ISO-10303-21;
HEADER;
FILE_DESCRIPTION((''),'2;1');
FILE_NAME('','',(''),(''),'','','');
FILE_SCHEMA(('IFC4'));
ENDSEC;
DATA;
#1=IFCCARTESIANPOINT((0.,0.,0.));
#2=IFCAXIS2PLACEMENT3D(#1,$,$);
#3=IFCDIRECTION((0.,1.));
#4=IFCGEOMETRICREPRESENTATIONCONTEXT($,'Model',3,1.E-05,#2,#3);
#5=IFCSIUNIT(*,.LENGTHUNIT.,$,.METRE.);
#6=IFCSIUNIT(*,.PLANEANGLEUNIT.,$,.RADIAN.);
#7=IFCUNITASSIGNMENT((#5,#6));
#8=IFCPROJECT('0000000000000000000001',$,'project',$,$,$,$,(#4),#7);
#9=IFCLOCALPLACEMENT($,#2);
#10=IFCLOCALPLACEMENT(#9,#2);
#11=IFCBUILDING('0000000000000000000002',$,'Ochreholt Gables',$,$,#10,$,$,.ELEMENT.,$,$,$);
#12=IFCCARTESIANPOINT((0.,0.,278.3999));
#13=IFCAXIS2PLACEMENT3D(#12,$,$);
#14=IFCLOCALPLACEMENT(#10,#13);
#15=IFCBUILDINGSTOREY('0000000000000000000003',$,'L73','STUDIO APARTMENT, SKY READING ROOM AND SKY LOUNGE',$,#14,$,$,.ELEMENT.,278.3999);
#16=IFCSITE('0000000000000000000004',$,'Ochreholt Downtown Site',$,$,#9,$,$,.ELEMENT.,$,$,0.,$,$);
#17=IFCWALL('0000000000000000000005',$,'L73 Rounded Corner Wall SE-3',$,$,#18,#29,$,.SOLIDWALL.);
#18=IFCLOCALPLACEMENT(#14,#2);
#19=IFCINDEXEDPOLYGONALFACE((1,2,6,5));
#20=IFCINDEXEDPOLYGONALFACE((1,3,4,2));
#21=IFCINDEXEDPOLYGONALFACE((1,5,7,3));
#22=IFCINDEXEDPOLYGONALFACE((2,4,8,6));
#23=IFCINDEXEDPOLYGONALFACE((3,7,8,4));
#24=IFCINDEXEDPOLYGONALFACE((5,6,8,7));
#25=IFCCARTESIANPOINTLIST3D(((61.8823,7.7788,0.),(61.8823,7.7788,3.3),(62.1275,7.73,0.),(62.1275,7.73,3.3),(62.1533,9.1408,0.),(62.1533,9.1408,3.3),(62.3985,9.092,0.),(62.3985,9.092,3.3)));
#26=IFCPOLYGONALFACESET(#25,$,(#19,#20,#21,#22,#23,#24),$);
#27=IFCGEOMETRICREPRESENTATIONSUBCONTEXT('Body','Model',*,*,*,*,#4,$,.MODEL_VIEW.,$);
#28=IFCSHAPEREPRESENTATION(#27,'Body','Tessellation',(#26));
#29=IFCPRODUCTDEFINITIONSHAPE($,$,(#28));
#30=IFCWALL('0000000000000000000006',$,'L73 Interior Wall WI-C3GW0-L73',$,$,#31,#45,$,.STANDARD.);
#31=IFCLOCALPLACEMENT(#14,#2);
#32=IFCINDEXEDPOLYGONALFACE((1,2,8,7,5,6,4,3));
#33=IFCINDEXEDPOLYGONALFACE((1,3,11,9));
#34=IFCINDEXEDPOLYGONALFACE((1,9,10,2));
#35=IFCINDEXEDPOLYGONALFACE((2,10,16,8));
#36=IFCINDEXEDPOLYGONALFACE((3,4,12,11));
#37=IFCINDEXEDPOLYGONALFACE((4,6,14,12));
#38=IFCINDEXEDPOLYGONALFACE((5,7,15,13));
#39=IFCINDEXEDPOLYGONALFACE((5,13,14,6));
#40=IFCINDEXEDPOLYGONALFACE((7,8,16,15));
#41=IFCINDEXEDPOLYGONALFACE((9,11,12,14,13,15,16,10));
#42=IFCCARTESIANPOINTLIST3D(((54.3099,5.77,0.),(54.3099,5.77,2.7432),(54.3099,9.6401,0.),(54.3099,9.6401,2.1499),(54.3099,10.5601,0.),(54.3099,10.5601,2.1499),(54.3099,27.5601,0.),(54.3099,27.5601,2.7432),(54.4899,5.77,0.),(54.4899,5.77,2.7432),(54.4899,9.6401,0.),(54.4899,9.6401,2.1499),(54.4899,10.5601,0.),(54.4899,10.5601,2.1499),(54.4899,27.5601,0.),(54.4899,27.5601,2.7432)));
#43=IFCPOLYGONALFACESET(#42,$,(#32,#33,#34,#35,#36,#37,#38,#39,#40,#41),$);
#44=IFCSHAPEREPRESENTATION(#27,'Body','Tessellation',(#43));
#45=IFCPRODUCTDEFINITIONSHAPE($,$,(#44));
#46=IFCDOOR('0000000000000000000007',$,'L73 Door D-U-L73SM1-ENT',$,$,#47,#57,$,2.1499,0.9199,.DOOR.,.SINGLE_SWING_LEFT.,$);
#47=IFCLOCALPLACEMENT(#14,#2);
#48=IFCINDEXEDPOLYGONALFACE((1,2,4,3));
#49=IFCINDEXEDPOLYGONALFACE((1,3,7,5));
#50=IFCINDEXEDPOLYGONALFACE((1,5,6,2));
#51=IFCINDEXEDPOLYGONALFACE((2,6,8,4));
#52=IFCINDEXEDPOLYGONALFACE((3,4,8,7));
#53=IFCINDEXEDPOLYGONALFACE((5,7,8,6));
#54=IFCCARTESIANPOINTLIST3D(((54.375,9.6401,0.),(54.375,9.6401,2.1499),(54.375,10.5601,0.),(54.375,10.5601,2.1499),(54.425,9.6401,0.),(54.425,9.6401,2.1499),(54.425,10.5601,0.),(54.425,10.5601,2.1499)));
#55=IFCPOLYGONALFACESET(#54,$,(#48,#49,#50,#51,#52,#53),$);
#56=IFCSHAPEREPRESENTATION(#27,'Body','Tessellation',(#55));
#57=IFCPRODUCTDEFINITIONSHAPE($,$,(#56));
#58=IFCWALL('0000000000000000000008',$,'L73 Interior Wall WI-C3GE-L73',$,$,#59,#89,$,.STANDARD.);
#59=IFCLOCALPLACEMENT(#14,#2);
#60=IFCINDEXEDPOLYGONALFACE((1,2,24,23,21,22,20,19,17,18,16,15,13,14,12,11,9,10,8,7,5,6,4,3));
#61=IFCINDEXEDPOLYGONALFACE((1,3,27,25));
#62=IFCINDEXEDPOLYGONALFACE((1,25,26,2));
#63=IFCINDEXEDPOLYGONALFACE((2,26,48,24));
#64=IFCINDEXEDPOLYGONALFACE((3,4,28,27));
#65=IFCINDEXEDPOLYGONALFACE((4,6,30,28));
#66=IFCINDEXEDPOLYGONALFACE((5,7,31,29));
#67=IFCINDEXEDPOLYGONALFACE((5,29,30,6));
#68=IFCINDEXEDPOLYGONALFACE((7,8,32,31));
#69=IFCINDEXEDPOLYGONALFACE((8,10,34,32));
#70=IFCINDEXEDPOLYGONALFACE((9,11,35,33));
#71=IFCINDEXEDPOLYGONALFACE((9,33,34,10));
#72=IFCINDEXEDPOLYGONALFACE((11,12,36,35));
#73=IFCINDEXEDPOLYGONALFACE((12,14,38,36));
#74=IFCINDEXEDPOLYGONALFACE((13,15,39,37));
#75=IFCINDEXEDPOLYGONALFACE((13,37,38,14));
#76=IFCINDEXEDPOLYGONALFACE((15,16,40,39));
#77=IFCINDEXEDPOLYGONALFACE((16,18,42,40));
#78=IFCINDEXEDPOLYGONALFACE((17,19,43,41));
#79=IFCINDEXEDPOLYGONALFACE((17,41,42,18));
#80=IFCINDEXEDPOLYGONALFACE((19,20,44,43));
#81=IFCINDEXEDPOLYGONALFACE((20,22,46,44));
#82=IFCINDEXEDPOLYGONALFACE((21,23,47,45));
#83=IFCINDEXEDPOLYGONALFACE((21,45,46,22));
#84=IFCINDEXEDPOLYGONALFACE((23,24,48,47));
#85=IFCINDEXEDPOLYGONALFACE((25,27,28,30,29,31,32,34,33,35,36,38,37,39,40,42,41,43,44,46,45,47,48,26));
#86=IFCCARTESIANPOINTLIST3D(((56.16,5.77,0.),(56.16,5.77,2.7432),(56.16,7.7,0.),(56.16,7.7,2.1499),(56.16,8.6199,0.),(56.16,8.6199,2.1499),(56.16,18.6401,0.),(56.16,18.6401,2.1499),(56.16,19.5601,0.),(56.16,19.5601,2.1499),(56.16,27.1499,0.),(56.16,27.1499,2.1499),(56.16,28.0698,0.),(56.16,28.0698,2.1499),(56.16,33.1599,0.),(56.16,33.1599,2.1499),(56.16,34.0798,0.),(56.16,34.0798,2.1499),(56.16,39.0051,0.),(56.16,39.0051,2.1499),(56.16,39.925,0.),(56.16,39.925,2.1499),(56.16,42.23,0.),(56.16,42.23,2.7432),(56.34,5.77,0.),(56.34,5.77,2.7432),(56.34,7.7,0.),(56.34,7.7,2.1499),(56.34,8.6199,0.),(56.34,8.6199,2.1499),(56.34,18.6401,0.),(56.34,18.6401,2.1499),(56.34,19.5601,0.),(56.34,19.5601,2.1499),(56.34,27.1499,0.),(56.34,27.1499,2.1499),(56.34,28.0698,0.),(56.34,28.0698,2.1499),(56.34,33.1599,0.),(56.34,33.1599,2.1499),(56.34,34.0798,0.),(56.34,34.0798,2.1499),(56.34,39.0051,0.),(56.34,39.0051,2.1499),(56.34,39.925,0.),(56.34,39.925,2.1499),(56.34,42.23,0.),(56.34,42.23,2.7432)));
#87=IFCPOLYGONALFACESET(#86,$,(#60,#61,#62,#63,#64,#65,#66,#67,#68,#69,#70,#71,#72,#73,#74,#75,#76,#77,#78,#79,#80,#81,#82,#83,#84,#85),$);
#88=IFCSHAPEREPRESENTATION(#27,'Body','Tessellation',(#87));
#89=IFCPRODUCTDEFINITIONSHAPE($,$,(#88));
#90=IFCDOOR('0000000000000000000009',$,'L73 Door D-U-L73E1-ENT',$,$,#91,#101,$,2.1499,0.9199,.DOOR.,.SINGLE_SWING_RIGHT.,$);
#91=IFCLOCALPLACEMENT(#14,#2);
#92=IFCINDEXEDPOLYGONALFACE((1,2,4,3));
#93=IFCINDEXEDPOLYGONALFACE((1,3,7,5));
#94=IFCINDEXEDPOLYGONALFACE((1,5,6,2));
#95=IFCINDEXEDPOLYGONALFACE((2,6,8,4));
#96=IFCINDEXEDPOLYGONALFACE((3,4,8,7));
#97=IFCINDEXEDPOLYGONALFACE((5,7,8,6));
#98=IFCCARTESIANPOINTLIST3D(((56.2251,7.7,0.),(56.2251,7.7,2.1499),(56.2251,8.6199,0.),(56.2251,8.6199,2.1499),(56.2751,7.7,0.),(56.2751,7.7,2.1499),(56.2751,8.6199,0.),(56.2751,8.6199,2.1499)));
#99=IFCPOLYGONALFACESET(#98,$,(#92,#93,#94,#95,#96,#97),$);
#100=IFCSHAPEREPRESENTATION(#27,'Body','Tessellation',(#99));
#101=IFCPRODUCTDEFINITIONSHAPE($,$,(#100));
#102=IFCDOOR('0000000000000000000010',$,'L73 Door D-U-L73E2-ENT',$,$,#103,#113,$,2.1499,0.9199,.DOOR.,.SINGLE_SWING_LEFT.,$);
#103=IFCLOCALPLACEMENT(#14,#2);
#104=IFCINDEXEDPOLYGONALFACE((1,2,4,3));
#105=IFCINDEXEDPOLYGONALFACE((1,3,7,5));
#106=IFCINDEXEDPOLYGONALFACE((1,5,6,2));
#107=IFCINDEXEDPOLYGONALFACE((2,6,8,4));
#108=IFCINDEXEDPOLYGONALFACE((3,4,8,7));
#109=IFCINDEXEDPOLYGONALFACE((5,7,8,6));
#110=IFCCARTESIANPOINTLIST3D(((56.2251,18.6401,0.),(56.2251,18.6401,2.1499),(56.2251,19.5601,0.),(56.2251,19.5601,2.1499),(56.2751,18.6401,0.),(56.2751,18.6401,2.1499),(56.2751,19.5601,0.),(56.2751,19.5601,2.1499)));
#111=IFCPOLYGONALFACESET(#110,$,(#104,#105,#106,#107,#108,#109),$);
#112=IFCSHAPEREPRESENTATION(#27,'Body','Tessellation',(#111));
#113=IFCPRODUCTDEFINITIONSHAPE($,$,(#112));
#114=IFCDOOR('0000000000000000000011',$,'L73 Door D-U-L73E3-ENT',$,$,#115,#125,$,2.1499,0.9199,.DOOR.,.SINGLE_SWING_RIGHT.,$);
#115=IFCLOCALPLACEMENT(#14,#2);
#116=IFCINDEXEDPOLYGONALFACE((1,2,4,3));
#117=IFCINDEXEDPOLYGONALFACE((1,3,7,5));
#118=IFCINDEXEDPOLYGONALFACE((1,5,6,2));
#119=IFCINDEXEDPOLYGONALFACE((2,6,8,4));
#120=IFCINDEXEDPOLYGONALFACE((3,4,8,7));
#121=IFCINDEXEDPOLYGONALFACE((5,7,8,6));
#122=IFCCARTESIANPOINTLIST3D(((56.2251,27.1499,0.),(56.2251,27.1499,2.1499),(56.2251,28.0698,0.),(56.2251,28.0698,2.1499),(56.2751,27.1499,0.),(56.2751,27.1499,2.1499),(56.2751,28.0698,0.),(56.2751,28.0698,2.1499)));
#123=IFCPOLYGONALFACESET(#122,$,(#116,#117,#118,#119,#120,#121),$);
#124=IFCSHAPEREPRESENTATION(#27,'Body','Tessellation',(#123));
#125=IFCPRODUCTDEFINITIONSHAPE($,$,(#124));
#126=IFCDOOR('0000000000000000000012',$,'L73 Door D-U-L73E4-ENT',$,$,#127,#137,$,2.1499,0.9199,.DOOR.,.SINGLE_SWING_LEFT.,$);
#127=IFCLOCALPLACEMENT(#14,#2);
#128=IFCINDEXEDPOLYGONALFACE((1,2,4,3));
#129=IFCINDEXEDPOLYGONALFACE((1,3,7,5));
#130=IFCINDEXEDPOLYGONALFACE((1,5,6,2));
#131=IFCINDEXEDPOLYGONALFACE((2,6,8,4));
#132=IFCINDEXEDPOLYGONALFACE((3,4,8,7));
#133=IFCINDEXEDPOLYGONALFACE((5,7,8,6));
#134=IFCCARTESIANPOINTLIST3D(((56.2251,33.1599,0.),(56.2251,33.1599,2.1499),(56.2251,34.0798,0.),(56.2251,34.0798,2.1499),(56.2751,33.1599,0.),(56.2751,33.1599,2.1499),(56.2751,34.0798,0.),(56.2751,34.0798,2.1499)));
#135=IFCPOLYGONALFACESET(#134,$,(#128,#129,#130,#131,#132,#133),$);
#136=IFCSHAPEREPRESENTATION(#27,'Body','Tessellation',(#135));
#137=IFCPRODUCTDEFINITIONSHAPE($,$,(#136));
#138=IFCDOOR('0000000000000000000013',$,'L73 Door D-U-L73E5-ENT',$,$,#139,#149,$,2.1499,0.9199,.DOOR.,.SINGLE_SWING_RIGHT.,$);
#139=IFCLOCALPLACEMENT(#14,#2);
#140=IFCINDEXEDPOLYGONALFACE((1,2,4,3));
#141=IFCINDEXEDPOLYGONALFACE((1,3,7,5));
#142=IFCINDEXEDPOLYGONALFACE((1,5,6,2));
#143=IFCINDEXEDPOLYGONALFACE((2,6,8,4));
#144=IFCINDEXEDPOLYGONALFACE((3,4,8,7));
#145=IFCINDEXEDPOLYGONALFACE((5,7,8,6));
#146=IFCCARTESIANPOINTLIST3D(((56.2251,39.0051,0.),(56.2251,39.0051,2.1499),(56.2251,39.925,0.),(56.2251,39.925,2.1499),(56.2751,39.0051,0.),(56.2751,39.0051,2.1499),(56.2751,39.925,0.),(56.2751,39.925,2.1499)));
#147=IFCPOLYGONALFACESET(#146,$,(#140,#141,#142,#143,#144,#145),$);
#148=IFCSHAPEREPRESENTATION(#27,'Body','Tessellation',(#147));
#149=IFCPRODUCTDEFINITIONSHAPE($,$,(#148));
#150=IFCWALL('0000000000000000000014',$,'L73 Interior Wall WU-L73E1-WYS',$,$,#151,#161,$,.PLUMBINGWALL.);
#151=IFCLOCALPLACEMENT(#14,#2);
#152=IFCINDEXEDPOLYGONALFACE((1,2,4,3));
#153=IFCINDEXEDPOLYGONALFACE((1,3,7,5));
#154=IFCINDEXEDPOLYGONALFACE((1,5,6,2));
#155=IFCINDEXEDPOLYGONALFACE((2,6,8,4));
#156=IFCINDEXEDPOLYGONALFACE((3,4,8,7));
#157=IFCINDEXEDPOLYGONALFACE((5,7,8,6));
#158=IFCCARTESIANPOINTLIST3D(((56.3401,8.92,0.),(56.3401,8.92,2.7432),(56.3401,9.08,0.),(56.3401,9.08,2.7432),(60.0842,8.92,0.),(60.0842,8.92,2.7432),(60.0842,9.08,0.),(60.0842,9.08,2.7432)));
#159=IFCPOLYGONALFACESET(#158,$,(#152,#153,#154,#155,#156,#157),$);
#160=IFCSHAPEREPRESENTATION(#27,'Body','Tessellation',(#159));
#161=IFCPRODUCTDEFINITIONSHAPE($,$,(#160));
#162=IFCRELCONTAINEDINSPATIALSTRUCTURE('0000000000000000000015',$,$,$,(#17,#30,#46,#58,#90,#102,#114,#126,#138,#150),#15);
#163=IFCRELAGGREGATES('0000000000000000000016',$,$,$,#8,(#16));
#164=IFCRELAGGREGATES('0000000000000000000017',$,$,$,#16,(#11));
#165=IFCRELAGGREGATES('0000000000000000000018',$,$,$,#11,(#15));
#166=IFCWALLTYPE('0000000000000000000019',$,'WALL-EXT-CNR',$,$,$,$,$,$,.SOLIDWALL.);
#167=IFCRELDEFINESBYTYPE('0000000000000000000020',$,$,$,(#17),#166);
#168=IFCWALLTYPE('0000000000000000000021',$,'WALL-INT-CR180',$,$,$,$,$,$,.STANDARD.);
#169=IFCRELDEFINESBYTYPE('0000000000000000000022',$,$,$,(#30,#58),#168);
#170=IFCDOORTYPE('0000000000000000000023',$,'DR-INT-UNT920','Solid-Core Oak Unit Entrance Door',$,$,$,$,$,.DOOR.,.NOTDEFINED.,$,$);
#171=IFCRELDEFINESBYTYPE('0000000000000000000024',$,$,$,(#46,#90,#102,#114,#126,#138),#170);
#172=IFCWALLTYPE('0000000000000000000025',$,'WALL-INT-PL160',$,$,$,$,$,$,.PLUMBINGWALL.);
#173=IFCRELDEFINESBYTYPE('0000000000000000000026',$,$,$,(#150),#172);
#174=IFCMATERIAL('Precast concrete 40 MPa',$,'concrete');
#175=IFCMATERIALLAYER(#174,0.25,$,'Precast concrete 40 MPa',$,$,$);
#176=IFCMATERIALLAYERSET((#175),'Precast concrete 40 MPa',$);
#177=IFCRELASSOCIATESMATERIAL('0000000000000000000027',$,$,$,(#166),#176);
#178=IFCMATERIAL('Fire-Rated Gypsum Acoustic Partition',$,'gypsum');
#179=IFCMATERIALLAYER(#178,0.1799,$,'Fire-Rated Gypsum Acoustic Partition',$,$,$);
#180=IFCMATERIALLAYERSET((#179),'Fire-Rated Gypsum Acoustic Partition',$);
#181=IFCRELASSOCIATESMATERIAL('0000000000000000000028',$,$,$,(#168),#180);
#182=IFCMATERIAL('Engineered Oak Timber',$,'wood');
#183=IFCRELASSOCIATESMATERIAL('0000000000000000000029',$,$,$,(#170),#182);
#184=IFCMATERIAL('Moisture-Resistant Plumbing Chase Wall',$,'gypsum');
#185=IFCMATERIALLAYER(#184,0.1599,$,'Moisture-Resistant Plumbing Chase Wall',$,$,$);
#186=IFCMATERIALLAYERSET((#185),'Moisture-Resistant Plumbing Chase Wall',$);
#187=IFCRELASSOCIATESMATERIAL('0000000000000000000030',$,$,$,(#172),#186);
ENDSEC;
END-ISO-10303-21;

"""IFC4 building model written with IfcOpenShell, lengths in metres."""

from ifc_helpers import new_model, si_unit, direction, frame, frame_2d, origin, place, context, subcontext, project, spatial, rectangle, extrude, material, layer, layer_set, type_object, element, fill, save


model = new_model("IFC4")

# Units and contexts
model_context = context("Model", 3, precision=1e-05, world=origin(), true_north=direction((0.0, 1.0)))
body_context = subcontext(model_context, "Body", "Model", "MODEL_VIEW")
ifc_project = project(units=[si_unit("LENGTHUNIT", "METRE"), si_unit("PLANEANGLEUNIT", "RADIAN")], contexts=[model_context])

# Site, building, storey
site_placement = place(None, origin())
site = spatial("IfcSite", under=ifc_project, at=site_placement, Name="Ochreholt Downtown Site", CompositionType="ELEMENT", RefElevation=0.0)
building_placement = place(site_placement, origin())
building = spatial("IfcBuilding", under=site, at=building_placement, Name="Ochreholt Gables", CompositionType="ELEMENT")
storey_placement = place(building_placement, frame((0.0, 0.0, 278.3999)))
storey = spatial("IfcBuildingStorey", under=building, at=storey_placement, Name="L73", Description="STUDIO APARTMENT, SKY READING ROOM AND SKY LOUNGE", CompositionType="ELEMENT", Elevation=278.3999)

# Shared definitions
ifc_material_1 = material(Name="Precast concrete 40 MPa", Category="concrete")

# Shared definitions
ifc_layer_1 = layer(ifc_material_1, 0.25, Name="Precast concrete 40 MPa")
ifc_layer_set_1 = layer_set([ifc_layer_1], Name="Precast concrete 40 MPa")
wall_type_1 = type_object("IfcWallType", Name="WALL-EXT-CNR", PredefinedType="SOLIDWALL", material=ifc_layer_set_1)

# Wall
wall_1_placement = place(storey_placement, frame((62.0049, 7.7544, 0.0), z_axis=(0.0, 0.0, 1.0), x_axis=(0.195136, 0.980776, 0.0)))
element("IfcWall", 1, at=wall_1_placement, inside=storey, type_object=wall_type_1, Name="L73 Rounded Corner Wall SE-3", PredefinedType="SOLIDWALL", context=body_context, shape_type="SweptSolid", body=[
    extrude(rectangle(XDim=1.3887, YDim=0.25, at=frame_2d((0.6943, 0.0))), origin(), (0.0, 0.0, 1.0), 3.3),
])

# Wall, opening, door
ifc_material_2 = material(Name="Fire-Rated Gypsum Acoustic Partition", Category="gypsum")
ifc_layer_2 = layer(ifc_material_2, 0.1799, Name="Fire-Rated Gypsum Acoustic Partition")
ifc_layer_set_2 = layer_set([ifc_layer_2], Name="Fire-Rated Gypsum Acoustic Partition")
wall_type_2 = type_object("IfcWallType", Name="WALL-INT-CR180", PredefinedType="STANDARD", material=ifc_layer_set_2)
wall_2_placement = place(storey_placement, frame((54.3999, 5.77, 0.0), z_axis=(0.0, 0.0, 1.0), x_axis=(0.0, 1.0, 0.0)))
wall_2 = element("IfcWall", 2, at=wall_2_placement, inside=storey, type_object=wall_type_2, Name="L73 Interior Wall WI-C3GW0-L73", PredefinedType="STANDARD", context=body_context, shape_type="SweptSolid", body=[
    extrude(rectangle(XDim=21.79, YDim=0.1799, at=frame_2d((10.895, 0.0))), origin(), (0.0, 0.0, 1.0), 2.7432),
])
opening_1_placement = place(wall_2_placement, frame((3.8701, 0.0, 0.0)))
opening_1 = element("IfcOpeningElement", 3, at=opening_1_placement, cuts=wall_2, PredefinedType="OPENING", context=body_context, shape_type="SweptSolid", body=[
    extrude(rectangle(XDim=0.9199, YDim=2.1499, at=frame_2d((0.46, 1.075))), frame((0.0, 0.0999, 0.0), z_axis=(0.0, -1.0, 0.0), x_axis=(1.0, 0.0, 0.0)), (0.0, 0.0, 1.0), 0.2),
])
ifc_material_3 = material(Name="Engineered Oak Timber", Category="wood")
door_type_1 = type_object("IfcDoorType", Name="DR-INT-UNT920", Description="Solid-Core Oak Unit Entrance Door", OperationType="NOTDEFINED", PredefinedType="DOOR", material=ifc_material_3)
door_1_placement = place(opening_1_placement, origin())
door_1 = element("IfcDoor", 4, at=door_1_placement, inside=storey, type_object=door_type_1, Name="L73 Door D-U-L73SM1-ENT", OperationType="SINGLE_SWING_LEFT", OverallHeight=2.1499, OverallWidth=0.9199, PredefinedType="DOOR", context=body_context, shape_type="SweptSolid", body=[
    extrude(rectangle(XDim=0.9199, YDim=2.1499, at=frame_2d((0.46, 1.075))), frame((0.0, 0.0249, 0.0), z_axis=(0.0, -1.0, 0.0), x_axis=(1.0, 0.0, 0.0)), (0.0, 0.0, 1.0), 0.05),
])
fill(opening_1, door_1)

# Wall, openings, doors
wall_3_placement = place(storey_placement, frame((56.25, 5.77, 0.0), z_axis=(0.0, 0.0, 1.0), x_axis=(0.0, 1.0, 0.0)))
wall_3 = element("IfcWall", 5, at=wall_3_placement, inside=storey, type_object=wall_type_2, Name="L73 Interior Wall WI-C3GE-L73", PredefinedType="STANDARD", context=body_context, shape_type="SweptSolid", body=[
    extrude(rectangle(XDim=36.46, YDim=0.1799, at=frame_2d((18.23, 0.0))), origin(), (0.0, 0.0, 1.0), 2.7432),
])
opening_2_placement = place(wall_3_placement, frame((1.9299, 0.0, 0.0)))
opening_2 = element("IfcOpeningElement", 6, at=opening_2_placement, cuts=wall_3, PredefinedType="OPENING", context=body_context, shape_type="SweptSolid", body=[
    extrude(rectangle(XDim=0.9199, YDim=2.1499, at=frame_2d((0.46, 1.075))), frame((0.0, 0.0999, 0.0), z_axis=(0.0, -1.0, 0.0), x_axis=(1.0, 0.0, 0.0)), (0.0, 0.0, 1.0), 0.2),
])
opening_3_placement = place(wall_3_placement, frame((12.8701, 0.0, 0.0)))
opening_3 = element("IfcOpeningElement", 7, at=opening_3_placement, cuts=wall_3, PredefinedType="OPENING", context=body_context, shape_type="SweptSolid", body=[
    extrude(rectangle(XDim=0.9199, YDim=2.1499, at=frame_2d((0.46, 1.075))), frame((0.0, 0.0999, 0.0), z_axis=(0.0, -1.0, 0.0), x_axis=(1.0, 0.0, 0.0)), (0.0, 0.0, 1.0), 0.2),
])
opening_4_placement = place(wall_3_placement, frame((21.3799, 0.0, 0.0)))
opening_4 = element("IfcOpeningElement", 8, at=opening_4_placement, cuts=wall_3, PredefinedType="OPENING", context=body_context, shape_type="SweptSolid", body=[
    extrude(rectangle(XDim=0.9199, YDim=2.1499, at=frame_2d((0.46, 1.075))), frame((0.0, 0.0999, 0.0), z_axis=(0.0, -1.0, 0.0), x_axis=(1.0, 0.0, 0.0)), (0.0, 0.0, 1.0), 0.2),
])
opening_5_placement = place(wall_3_placement, frame((27.3899, 0.0, 0.0)))
opening_5 = element("IfcOpeningElement", 9, at=opening_5_placement, cuts=wall_3, PredefinedType="OPENING", context=body_context, shape_type="SweptSolid", body=[
    extrude(rectangle(XDim=0.9199, YDim=2.1499, at=frame_2d((0.46, 1.075))), frame((0.0, 0.0999, 0.0), z_axis=(0.0, -1.0, 0.0), x_axis=(1.0, 0.0, 0.0)), (0.0, 0.0, 1.0), 0.2),
])
opening_6_placement = place(wall_3_placement, frame((33.2351, 0.0, 0.0)))
opening_6 = element("IfcOpeningElement", 10, at=opening_6_placement, cuts=wall_3, PredefinedType="OPENING", context=body_context, shape_type="SweptSolid", body=[
    extrude(rectangle(XDim=0.9199, YDim=2.1499, at=frame_2d((0.46, 1.075))), frame((0.0, 0.0999, 0.0), z_axis=(0.0, -1.0, 0.0), x_axis=(1.0, 0.0, 0.0)), (0.0, 0.0, 1.0), 0.2),
])
door_2_placement = place(opening_2_placement, origin())
door_2 = element("IfcDoor", 11, at=door_2_placement, inside=storey, type_object=door_type_1, Name="L73 Door D-U-L73E1-ENT", OperationType="SINGLE_SWING_RIGHT", OverallHeight=2.1499, OverallWidth=0.9199, PredefinedType="DOOR", context=body_context, shape_type="SweptSolid", body=[
    extrude(rectangle(XDim=0.9199, YDim=2.1499, at=frame_2d((0.46, 1.075))), frame((0.0, 0.0249, 0.0), z_axis=(0.0, -1.0, 0.0), x_axis=(1.0, 0.0, 0.0)), (0.0, 0.0, 1.0), 0.05),
])
fill(opening_2, door_2)
door_3_placement = place(opening_3_placement, origin())
door_3 = element("IfcDoor", 12, at=door_3_placement, inside=storey, type_object=door_type_1, Name="L73 Door D-U-L73E2-ENT", OperationType="SINGLE_SWING_LEFT", OverallHeight=2.1499, OverallWidth=0.9199, PredefinedType="DOOR", context=body_context, shape_type="SweptSolid", body=[
    extrude(rectangle(XDim=0.9199, YDim=2.1499, at=frame_2d((0.46, 1.075))), frame((0.0, 0.0249, 0.0), z_axis=(0.0, -1.0, 0.0), x_axis=(1.0, 0.0, 0.0)), (0.0, 0.0, 1.0), 0.05),
])
fill(opening_3, door_3)
door_4_placement = place(opening_4_placement, origin())
door_4 = element("IfcDoor", 13, at=door_4_placement, inside=storey, type_object=door_type_1, Name="L73 Door D-U-L73E3-ENT", OperationType="SINGLE_SWING_RIGHT", OverallHeight=2.1499, OverallWidth=0.9199, PredefinedType="DOOR", context=body_context, shape_type="SweptSolid", body=[
    extrude(rectangle(XDim=0.9199, YDim=2.1499, at=frame_2d((0.46, 1.075))), frame((0.0, 0.0249, 0.0), z_axis=(0.0, -1.0, 0.0), x_axis=(1.0, 0.0, 0.0)), (0.0, 0.0, 1.0), 0.05),
])
fill(opening_4, door_4)
door_5_placement = place(opening_5_placement, origin())
door_5 = element("IfcDoor", 14, at=door_5_placement, inside=storey, type_object=door_type_1, Name="L73 Door D-U-L73E4-ENT", OperationType="SINGLE_SWING_LEFT", OverallHeight=2.1499, OverallWidth=0.9199, PredefinedType="DOOR", context=body_context, shape_type="SweptSolid", body=[
    extrude(rectangle(XDim=0.9199, YDim=2.1499, at=frame_2d((0.46, 1.075))), frame((0.0, 0.0249, 0.0), z_axis=(0.0, -1.0, 0.0), x_axis=(1.0, 0.0, 0.0)), (0.0, 0.0, 1.0), 0.05),
])
fill(opening_5, door_5)
door_6_placement = place(opening_6_placement, origin())
door_6 = element("IfcDoor", 15, at=door_6_placement, inside=storey, type_object=door_type_1, Name="L73 Door D-U-L73E5-ENT", OperationType="SINGLE_SWING_RIGHT", OverallHeight=2.1499, OverallWidth=0.9199, PredefinedType="DOOR", context=body_context, shape_type="SweptSolid", body=[
    extrude(rectangle(XDim=0.9199, YDim=2.1499, at=frame_2d((0.46, 1.075))), frame((0.0, 0.0249, 0.0), z_axis=(0.0, -1.0, 0.0), x_axis=(1.0, 0.0, 0.0)), (0.0, 0.0, 1.0), 0.05),
])
fill(opening_6, door_6)

# Wall
ifc_material_4 = material(Name="Moisture-Resistant Plumbing Chase Wall", Category="gypsum")
ifc_layer_3 = layer(ifc_material_4, 0.1599, Name="Moisture-Resistant Plumbing Chase Wall")
ifc_layer_set_3 = layer_set([ifc_layer_3], Name="Moisture-Resistant Plumbing Chase Wall")
wall_type_3 = type_object("IfcWallType", Name="WALL-INT-PL160", PredefinedType="PLUMBINGWALL", material=ifc_layer_set_3)
wall_4_placement = place(storey_placement, frame((56.3401, 9.0, 0.0), z_axis=(0.0, 0.0, 1.0), x_axis=(1.0, 0.0, 0.0)))
element("IfcWall", 16, at=wall_4_placement, inside=storey, type_object=wall_type_3, Name="L73 Interior Wall WU-L73E1-WYS", PredefinedType="PLUMBINGWALL", context=body_context, shape_type="SweptSolid", body=[
    extrude(rectangle(XDim=3.7441, YDim=0.1599, at=frame_2d((1.8721, 0.0))), origin(), (0.0, 0.0, 1.0), 2.7432),
])

save(model, "model.ifc")
